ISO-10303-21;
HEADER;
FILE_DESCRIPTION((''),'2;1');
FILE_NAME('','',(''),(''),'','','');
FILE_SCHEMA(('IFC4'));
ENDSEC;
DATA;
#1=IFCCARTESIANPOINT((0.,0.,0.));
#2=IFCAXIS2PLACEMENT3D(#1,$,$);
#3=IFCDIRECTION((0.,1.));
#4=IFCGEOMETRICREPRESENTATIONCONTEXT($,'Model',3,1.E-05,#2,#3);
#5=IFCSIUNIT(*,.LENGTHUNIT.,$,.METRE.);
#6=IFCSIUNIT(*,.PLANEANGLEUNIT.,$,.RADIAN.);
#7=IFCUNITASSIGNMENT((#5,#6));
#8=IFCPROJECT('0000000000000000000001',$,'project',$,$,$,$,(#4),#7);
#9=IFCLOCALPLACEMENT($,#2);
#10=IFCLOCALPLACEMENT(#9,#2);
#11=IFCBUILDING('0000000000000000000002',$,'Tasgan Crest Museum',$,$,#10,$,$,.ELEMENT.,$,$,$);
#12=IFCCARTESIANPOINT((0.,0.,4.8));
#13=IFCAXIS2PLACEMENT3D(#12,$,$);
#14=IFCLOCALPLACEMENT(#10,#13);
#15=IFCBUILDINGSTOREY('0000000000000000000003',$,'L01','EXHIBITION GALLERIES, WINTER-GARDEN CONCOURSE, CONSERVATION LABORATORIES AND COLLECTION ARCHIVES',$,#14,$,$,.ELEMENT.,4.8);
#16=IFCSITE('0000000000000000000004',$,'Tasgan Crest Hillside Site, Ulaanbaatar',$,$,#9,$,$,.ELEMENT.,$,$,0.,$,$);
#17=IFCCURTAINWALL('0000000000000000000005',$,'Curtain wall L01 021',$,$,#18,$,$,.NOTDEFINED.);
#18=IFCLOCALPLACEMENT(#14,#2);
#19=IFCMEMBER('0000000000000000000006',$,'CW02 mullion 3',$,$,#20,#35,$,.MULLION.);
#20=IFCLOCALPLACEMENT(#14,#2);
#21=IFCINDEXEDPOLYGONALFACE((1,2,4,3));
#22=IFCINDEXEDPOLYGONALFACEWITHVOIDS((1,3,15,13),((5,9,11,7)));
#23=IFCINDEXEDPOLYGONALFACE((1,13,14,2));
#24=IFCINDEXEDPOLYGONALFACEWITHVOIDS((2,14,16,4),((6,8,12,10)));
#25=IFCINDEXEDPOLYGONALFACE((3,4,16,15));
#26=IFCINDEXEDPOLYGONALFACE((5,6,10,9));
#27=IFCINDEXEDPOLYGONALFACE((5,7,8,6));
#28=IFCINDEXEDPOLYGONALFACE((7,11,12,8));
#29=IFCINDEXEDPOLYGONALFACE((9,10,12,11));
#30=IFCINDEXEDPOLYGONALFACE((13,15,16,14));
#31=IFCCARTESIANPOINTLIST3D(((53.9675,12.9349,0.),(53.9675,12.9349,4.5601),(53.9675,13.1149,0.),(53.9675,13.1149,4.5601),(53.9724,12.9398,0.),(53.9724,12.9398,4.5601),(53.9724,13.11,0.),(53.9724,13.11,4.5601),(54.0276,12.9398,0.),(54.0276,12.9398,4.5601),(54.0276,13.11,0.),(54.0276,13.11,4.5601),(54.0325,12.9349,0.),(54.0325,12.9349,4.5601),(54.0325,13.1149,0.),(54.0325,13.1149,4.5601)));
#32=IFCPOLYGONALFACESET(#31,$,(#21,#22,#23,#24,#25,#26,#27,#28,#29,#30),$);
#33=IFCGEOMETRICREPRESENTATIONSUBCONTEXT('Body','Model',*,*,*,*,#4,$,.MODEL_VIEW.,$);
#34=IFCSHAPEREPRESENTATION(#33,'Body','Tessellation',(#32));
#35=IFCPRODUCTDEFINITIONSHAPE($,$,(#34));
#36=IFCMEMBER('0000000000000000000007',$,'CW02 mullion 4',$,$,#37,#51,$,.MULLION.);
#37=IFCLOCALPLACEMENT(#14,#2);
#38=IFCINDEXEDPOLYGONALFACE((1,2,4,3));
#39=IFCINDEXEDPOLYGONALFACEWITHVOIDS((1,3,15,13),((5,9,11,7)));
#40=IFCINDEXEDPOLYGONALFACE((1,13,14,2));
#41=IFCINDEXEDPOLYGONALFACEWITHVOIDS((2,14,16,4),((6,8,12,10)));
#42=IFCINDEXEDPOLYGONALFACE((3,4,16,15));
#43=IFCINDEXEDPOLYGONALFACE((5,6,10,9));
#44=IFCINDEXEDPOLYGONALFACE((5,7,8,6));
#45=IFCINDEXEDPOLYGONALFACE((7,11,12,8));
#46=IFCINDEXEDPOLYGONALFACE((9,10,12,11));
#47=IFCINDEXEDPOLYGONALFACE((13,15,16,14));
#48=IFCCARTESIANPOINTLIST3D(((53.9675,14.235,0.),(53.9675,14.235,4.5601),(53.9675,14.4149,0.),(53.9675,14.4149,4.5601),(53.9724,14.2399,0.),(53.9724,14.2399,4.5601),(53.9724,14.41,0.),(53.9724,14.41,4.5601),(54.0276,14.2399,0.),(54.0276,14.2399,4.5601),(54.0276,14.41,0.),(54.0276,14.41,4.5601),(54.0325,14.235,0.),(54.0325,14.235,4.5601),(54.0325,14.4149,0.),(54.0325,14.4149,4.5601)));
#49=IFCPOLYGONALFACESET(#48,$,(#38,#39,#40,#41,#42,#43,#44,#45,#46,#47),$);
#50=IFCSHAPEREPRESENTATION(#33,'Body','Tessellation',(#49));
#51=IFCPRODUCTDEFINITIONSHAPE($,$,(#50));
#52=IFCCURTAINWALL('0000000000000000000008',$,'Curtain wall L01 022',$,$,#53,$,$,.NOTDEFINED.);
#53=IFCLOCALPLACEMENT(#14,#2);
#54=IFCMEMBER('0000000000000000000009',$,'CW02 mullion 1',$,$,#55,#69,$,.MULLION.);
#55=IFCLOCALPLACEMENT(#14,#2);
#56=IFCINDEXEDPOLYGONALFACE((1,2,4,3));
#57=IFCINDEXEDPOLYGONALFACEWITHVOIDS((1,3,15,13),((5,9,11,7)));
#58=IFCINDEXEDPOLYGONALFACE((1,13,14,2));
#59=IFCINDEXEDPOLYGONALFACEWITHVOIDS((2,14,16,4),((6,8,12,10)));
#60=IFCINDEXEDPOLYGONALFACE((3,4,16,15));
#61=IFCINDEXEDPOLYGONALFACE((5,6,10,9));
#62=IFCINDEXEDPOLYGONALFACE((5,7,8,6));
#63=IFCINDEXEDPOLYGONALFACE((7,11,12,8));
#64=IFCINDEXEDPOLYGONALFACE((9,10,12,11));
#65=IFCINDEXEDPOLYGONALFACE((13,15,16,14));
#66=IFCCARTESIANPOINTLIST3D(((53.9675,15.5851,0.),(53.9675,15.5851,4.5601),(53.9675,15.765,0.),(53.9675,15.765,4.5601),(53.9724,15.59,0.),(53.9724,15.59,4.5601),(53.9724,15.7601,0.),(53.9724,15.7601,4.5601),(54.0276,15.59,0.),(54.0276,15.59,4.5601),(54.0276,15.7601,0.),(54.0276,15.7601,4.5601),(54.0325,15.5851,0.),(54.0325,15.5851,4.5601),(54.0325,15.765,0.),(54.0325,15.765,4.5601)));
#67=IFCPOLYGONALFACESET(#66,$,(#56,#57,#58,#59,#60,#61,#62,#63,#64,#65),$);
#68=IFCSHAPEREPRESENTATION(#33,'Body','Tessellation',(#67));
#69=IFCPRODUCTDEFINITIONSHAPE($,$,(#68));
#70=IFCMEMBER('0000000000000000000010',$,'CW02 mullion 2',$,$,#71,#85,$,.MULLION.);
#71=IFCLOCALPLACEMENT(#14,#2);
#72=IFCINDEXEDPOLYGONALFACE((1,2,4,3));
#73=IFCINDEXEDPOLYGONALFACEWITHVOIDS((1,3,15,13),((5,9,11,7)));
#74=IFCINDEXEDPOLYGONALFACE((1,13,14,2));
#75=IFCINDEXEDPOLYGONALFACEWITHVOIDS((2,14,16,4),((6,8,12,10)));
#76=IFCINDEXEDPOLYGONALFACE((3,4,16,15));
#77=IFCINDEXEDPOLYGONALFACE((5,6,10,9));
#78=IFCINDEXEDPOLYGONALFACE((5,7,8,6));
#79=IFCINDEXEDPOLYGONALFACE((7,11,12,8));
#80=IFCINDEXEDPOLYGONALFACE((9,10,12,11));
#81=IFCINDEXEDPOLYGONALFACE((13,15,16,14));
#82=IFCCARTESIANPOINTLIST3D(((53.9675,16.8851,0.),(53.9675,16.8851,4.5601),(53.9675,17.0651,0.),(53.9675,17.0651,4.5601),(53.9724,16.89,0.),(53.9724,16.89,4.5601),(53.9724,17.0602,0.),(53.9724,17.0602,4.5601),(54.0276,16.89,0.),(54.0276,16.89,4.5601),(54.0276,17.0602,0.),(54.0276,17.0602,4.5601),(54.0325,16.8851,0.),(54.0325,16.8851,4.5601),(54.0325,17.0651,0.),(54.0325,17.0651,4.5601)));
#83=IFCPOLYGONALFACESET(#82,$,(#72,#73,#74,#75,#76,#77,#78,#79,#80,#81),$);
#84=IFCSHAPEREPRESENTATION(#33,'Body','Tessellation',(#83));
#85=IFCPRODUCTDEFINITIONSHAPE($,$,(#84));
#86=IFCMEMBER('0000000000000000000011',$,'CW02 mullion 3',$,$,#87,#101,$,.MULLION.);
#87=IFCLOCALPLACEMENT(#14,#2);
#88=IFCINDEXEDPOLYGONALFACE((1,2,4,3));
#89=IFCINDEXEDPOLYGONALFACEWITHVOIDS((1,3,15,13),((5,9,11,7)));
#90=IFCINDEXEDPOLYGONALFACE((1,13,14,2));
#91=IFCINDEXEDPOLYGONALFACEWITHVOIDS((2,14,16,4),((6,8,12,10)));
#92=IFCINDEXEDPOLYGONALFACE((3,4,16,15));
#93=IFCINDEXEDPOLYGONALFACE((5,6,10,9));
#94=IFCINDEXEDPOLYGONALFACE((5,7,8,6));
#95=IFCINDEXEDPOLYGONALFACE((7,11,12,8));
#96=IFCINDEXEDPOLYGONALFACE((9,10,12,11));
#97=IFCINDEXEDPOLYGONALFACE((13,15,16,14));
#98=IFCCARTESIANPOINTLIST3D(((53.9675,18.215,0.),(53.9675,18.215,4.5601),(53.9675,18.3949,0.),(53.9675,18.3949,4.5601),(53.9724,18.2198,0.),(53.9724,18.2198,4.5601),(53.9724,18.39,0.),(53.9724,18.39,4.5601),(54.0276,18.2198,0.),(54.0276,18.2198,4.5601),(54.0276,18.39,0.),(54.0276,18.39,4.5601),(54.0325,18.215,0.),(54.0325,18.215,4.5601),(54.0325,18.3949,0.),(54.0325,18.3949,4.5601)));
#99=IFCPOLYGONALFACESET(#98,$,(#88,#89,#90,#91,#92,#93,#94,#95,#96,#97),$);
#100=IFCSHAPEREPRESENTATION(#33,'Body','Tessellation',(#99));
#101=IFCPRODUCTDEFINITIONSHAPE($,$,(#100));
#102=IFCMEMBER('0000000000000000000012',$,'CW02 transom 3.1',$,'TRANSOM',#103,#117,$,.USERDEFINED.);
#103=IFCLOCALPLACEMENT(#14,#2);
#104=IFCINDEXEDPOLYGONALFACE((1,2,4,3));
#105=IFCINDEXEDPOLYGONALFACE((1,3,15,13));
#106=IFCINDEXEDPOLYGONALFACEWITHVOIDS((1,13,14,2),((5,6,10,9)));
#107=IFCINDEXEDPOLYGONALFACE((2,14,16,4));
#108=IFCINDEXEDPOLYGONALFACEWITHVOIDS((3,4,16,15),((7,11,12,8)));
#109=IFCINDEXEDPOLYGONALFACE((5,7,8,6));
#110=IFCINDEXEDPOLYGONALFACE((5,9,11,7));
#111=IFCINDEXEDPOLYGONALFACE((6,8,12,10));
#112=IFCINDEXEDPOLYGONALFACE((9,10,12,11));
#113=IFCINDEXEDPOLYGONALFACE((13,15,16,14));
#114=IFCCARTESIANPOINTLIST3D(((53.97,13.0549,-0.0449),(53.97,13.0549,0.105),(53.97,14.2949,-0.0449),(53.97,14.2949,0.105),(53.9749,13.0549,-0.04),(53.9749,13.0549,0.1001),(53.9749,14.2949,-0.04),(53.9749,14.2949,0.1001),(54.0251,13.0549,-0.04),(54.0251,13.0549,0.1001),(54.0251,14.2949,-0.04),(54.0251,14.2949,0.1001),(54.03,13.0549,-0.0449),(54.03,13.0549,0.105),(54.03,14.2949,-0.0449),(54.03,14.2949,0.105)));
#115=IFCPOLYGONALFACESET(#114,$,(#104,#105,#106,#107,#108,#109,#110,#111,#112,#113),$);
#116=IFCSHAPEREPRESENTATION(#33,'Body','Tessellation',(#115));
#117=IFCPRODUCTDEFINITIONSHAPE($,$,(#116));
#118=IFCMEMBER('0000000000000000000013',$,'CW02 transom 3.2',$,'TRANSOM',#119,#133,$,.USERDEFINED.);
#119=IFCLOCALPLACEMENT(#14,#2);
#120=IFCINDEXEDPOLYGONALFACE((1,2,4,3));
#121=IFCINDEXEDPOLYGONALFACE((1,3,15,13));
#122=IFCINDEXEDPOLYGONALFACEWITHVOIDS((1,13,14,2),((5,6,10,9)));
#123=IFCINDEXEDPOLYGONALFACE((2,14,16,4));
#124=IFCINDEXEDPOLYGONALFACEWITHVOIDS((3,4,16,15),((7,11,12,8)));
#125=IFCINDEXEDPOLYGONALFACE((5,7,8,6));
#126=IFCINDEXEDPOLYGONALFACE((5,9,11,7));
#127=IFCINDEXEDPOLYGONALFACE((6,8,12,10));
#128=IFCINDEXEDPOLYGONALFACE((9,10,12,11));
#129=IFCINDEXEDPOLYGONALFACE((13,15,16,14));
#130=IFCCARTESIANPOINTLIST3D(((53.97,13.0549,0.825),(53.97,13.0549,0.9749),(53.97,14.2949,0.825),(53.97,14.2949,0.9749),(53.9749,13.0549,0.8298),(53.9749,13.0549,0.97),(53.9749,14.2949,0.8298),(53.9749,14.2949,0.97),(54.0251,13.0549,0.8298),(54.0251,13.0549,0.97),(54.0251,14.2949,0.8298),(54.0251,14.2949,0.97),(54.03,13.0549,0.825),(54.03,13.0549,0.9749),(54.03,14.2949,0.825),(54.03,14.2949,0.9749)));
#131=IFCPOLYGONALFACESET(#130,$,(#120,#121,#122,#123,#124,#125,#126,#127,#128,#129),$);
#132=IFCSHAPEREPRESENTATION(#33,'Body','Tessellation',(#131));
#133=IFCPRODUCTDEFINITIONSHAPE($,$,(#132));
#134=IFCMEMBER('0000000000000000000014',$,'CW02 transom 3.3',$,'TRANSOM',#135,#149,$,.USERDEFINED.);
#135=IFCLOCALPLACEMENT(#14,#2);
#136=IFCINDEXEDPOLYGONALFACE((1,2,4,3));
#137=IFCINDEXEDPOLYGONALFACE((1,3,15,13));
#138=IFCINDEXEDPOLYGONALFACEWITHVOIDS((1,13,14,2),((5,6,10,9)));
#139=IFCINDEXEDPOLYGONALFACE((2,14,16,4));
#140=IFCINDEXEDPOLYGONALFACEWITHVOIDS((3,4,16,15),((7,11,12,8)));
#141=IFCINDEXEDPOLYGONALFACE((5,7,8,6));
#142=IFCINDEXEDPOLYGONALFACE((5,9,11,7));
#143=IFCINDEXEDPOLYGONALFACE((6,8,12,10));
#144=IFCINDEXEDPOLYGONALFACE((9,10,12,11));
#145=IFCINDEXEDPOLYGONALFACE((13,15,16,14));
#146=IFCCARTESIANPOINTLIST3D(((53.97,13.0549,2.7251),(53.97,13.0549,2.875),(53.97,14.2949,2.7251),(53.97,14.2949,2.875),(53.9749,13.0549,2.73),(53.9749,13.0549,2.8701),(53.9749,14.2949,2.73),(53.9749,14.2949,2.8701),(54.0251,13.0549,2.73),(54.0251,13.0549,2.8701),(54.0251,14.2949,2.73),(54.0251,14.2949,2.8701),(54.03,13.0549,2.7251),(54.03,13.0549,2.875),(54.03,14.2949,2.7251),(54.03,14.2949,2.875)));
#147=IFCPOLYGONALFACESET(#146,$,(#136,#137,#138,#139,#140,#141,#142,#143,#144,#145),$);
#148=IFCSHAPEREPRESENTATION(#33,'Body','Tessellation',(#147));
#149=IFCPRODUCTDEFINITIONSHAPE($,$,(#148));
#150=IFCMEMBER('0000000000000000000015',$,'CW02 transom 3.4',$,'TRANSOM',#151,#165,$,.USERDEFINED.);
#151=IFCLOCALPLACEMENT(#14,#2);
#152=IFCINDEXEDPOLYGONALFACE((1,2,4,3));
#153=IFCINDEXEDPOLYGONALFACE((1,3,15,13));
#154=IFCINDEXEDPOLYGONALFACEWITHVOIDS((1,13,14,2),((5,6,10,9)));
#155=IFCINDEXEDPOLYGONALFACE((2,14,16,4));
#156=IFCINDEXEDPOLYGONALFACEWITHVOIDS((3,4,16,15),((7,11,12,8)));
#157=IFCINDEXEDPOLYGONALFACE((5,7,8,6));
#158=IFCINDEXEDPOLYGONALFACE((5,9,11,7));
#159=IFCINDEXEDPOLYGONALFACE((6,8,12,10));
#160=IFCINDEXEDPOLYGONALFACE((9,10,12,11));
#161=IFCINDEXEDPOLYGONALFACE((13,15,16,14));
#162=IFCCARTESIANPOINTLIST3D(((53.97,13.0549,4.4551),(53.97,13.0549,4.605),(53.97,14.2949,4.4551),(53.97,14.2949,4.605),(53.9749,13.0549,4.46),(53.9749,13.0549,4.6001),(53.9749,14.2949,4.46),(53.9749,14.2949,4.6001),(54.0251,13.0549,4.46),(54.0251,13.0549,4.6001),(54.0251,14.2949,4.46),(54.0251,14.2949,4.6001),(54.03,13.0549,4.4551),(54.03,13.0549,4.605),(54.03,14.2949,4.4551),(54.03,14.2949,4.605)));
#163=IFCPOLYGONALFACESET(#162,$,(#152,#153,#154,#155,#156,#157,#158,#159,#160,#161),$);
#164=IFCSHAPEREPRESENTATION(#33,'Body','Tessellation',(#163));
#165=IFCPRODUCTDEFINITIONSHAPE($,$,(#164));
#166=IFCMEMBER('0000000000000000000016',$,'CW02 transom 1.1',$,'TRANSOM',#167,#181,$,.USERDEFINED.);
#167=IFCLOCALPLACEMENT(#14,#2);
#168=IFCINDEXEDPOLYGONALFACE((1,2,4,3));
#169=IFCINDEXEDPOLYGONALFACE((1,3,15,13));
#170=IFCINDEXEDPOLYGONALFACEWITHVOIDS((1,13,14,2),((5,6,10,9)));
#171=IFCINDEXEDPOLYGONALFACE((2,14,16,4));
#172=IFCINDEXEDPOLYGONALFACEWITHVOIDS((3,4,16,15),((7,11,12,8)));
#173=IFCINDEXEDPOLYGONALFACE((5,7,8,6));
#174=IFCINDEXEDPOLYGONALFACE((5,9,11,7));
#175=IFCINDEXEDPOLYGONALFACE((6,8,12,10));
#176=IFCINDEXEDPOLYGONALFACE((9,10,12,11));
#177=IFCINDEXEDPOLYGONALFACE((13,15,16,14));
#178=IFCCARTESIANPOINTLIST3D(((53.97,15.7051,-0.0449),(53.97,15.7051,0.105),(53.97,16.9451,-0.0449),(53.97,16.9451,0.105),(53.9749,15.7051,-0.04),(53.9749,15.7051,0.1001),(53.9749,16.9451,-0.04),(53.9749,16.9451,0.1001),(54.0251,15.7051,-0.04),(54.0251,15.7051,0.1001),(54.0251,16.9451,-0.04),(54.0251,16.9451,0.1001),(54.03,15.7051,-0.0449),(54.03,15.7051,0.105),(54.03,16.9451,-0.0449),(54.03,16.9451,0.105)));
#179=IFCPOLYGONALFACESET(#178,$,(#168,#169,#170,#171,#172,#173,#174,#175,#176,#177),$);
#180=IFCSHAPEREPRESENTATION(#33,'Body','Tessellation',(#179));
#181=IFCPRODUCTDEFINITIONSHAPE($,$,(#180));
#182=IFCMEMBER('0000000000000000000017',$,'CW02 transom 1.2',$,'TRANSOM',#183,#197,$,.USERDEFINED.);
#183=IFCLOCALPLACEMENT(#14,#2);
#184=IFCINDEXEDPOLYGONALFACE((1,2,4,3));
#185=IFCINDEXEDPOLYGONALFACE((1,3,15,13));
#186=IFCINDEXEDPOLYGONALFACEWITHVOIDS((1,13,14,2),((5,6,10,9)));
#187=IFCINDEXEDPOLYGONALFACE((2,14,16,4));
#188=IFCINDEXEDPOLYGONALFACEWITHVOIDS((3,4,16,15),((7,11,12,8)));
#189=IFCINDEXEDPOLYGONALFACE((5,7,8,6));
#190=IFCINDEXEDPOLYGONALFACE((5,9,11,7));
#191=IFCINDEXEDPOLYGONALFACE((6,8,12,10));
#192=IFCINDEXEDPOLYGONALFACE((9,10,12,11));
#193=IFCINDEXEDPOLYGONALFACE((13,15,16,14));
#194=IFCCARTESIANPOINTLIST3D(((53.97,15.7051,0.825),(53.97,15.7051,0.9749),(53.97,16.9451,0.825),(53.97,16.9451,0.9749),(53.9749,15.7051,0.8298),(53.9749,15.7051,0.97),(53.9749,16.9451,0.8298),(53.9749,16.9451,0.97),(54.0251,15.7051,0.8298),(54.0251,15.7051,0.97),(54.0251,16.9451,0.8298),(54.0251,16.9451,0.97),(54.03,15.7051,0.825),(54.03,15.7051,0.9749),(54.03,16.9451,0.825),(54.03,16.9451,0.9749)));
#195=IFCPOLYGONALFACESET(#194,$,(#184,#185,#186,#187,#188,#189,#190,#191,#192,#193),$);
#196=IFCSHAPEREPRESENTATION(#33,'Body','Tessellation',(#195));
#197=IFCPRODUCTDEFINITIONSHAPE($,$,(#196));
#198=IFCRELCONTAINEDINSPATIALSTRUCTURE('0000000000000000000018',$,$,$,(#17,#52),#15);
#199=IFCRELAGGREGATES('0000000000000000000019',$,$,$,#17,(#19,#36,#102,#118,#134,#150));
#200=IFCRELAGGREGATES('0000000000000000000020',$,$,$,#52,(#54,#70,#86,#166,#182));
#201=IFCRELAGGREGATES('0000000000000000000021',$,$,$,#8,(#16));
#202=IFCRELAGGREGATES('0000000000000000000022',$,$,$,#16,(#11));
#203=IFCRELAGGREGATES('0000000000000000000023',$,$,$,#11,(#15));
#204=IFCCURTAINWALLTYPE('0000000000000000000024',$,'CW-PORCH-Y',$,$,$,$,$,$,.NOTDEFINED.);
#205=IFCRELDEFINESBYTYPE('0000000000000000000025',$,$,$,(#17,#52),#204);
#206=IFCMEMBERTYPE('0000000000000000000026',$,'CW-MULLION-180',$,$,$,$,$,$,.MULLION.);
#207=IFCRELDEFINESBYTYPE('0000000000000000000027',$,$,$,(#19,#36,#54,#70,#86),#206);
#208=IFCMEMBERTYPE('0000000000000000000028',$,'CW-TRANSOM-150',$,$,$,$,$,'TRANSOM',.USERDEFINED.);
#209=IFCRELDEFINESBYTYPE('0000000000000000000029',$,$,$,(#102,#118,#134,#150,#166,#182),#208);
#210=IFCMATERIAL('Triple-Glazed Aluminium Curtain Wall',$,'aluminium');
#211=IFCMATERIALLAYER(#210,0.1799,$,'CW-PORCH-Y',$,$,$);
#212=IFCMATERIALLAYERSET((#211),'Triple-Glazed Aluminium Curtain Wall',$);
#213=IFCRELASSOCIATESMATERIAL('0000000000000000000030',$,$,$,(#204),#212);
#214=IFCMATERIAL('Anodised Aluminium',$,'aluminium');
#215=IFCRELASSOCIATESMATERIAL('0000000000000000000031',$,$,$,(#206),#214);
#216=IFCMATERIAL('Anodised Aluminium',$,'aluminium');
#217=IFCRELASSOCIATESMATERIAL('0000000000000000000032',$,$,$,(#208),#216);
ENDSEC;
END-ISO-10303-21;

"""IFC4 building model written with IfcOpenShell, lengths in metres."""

from ifc_helpers import new_model, si_unit, direction, frame, origin, origin_2d, place, context, subcontext, project, spatial, hollow_rectangle, extrude, material, layer, layer_set, material_profile, profile_set, type_object, element, aggregate, save


model = new_model("IFC4")

# Units and contexts
model_context = context("Model", 3, precision=1e-05, world=origin(), true_north=direction((0.0, 1.0)))
body_context = subcontext(model_context, "Body", "Model", "MODEL_VIEW")
ifc_project = project(units=[si_unit("LENGTHUNIT", "METRE"), si_unit("PLANEANGLEUNIT", "RADIAN")], contexts=[model_context])

# Site, building, storey
site_placement = place(None, origin())
site = spatial("IfcSite", under=ifc_project, at=site_placement, Name="Tasgan Crest Hillside Site, Ulaanbaatar", CompositionType="ELEMENT", RefElevation=0.0)
building_placement = place(site_placement, origin())
building = spatial("IfcBuilding", under=site, at=building_placement, Name="Tasgan Crest Museum", CompositionType="ELEMENT")
storey_placement = place(building_placement, frame((0.0, 0.0, 4.8)))
storey = spatial("IfcBuildingStorey", under=building, at=storey_placement, Name="L01", Description="EXHIBITION GALLERIES, WINTER-GARDEN CONCOURSE, CONSERVATION LABORATORIES AND COLLECTION ARCHIVES", CompositionType="ELEMENT", Elevation=4.8)

# Curtain walls, members
ifc_material_1 = material(Name="Triple-Glazed Aluminium Curtain Wall", Category="aluminium")
ifc_layer_1 = layer(ifc_material_1, 0.1799, Name="CW-PORCH-Y")
ifc_layer_set_1 = layer_set([ifc_layer_1], Name="Triple-Glazed Aluminium Curtain Wall")
curtain_wall_type = type_object("IfcCurtainWallType", Name="CW-PORCH-Y", PredefinedType="NOTDEFINED", material=ifc_layer_set_1)
curtain_wall_1_placement = place(storey_placement, origin())
curtain_wall_1 = element("IfcCurtainWall", 1, at=curtain_wall_1_placement, inside=storey, type_object=curtain_wall_type, Name="Curtain wall L01 021", PredefinedType="NOTDEFINED")
ifc_material_2 = material(Name="Anodised Aluminium", Category="aluminium")
ifc_material_profile_1 = material_profile(ifc_material_2, hollow_rectangle(XDim=0.0649, YDim=0.1799, WallThickness=0.0049, at=origin_2d()), Name="ALU MULLION 180x65x5")
ifc_profile_set_1 = profile_set([ifc_material_profile_1], Name="Anodised Aluminium")
member_type_1 = type_object("IfcMemberType", Name="CW-MULLION-180", PredefinedType="MULLION", material=ifc_profile_set_1)
member_1_placement = place(storey_placement, frame((54.0, 13.0249, 0.0), z_axis=(0.0, 0.0, 1.0), x_axis=(-1.0, 0.0, 0.0)))
member_1 = element("IfcMember", 2, at=member_1_placement, type_object=member_type_1, Name="CW02 mullion 3", PredefinedType="MULLION", context=body_context, shape_type="SweptSolid", body=[
    extrude(hollow_rectangle(XDim=0.0649, YDim=0.1799, WallThickness=0.0049, at=origin_2d()), origin(), (0.0, 0.0, 1.0), 4.5601),
])
member_2_placement = place(storey_placement, frame((54.0, 14.325, 0.0), z_axis=(0.0, 0.0, 1.0), x_axis=(-1.0, 0.0, 0.0)))
member_2 = element("IfcMember", 3, at=member_2_placement, type_object=member_type_1, Name="CW02 mullion 4", PredefinedType="MULLION", context=body_context, shape_type="SweptSolid", body=[
    extrude(hollow_rectangle(XDim=0.0649, YDim=0.1799, WallThickness=0.0049, at=origin_2d()), origin(), (0.0, 0.0, 1.0), 4.5601),
])
curtain_wall_2_placement = place(storey_placement, origin())
curtain_wall_2 = element("IfcCurtainWall", 4, at=curtain_wall_2_placement, inside=storey, type_object=curtain_wall_type, Name="Curtain wall L01 022", PredefinedType="NOTDEFINED")
member_3_placement = place(storey_placement, frame((54.0, 15.675, 0.0), z_axis=(0.0, 0.0, 1.0), x_axis=(-1.0, 0.0, 0.0)))
member_3 = element("IfcMember", 5, at=member_3_placement, type_object=member_type_1, Name="CW02 mullion 1", PredefinedType="MULLION", context=body_context, shape_type="SweptSolid", body=[
    extrude(hollow_rectangle(XDim=0.0649, YDim=0.1799, WallThickness=0.0049, at=origin_2d()), origin(), (0.0, 0.0, 1.0), 4.5601),
])
member_4_placement = place(storey_placement, frame((54.0, 16.9751, 0.0), z_axis=(0.0, 0.0, 1.0), x_axis=(-1.0, 0.0, 0.0)))
member_4 = element("IfcMember", 6, at=member_4_placement, type_object=member_type_1, Name="CW02 mullion 2", PredefinedType="MULLION", context=body_context, shape_type="SweptSolid", body=[
    extrude(hollow_rectangle(XDim=0.0649, YDim=0.1799, WallThickness=0.0049, at=origin_2d()), origin(), (0.0, 0.0, 1.0), 4.5601),
])
member_5_placement = place(storey_placement, frame((54.0, 18.3049, 0.0), z_axis=(0.0, 0.0, 1.0), x_axis=(-1.0, 0.0, 0.0)))
member_5 = element("IfcMember", 7, at=member_5_placement, type_object=member_type_1, Name="CW02 mullion 3", PredefinedType="MULLION", context=body_context, shape_type="SweptSolid", body=[
    extrude(hollow_rectangle(XDim=0.0649, YDim=0.1799, WallThickness=0.0049, at=origin_2d()), origin(), (0.0, 0.0, 1.0), 4.5601),
])

# Members
ifc_material_3 = material(Name="Anodised Aluminium", Category="aluminium")
ifc_material_profile_2 = material_profile(ifc_material_3, hollow_rectangle(XDim=0.0601, YDim=0.1499, WallThickness=0.0049, at=origin_2d()), Name="ALU TRANSOM 150x60x5")
ifc_profile_set_2 = profile_set([ifc_material_profile_2], Name="Anodised Aluminium")
member_type_2 = type_object("IfcMemberType", Name="CW-TRANSOM-150", ElementType="TRANSOM", PredefinedType="USERDEFINED", material=ifc_profile_set_2)
member_6_placement = place(storey_placement, frame((54.0, 13.0549, 0.03), z_axis=(0.0, 1.0, 0.0), x_axis=(-1.0, 0.0, 0.0)))
member_6 = element("IfcMember", 8, at=member_6_placement, type_object=member_type_2, Name="CW02 transom 3.1", ObjectType="TRANSOM", PredefinedType="USERDEFINED", context=body_context, shape_type="SweptSolid", body=[
    extrude(hollow_rectangle(XDim=0.0601, YDim=0.1499, WallThickness=0.0049, at=origin_2d()), origin(), (0.0, 0.0, 1.0), 1.24),
])
member_7_placement = place(storey_placement, frame((54.0, 13.0549, 0.8999), z_axis=(0.0, 1.0, 0.0), x_axis=(-1.0, 0.0, 0.0)))
member_7 = element("IfcMember", 9, at=member_7_placement, type_object=member_type_2, Name="CW02 transom 3.2", ObjectType="TRANSOM", PredefinedType="USERDEFINED", context=body_context, shape_type="SweptSolid", body=[
    extrude(hollow_rectangle(XDim=0.0601, YDim=0.1499, WallThickness=0.0049, at=origin_2d()), origin(), (0.0, 0.0, 1.0), 1.24),
])
member_8_placement = place(storey_placement, frame((54.0, 13.0549, 2.8), z_axis=(0.0, 1.0, 0.0), x_axis=(-1.0, 0.0, 0.0)))
member_8 = element("IfcMember", 10, at=member_8_placement, type_object=member_type_2, Name="CW02 transom 3.3", ObjectType="TRANSOM", PredefinedType="USERDEFINED", context=body_context, shape_type="SweptSolid", body=[
    extrude(hollow_rectangle(XDim=0.0601, YDim=0.1499, WallThickness=0.0049, at=origin_2d()), origin(), (0.0, 0.0, 1.0), 1.24),
])
member_9_placement = place(storey_placement, frame((54.0, 13.0549, 4.53), z_axis=(0.0, 1.0, 0.0), x_axis=(-1.0, 0.0, 0.0)))
member_9 = element("IfcMember", 11, at=member_9_placement, type_object=member_type_2, Name="CW02 transom 3.4", ObjectType="TRANSOM", PredefinedType="USERDEFINED", context=body_context, shape_type="SweptSolid", body=[
    extrude(hollow_rectangle(XDim=0.0601, YDim=0.1499, WallThickness=0.0049, at=origin_2d()), origin(), (0.0, 0.0, 1.0), 1.24),
])
member_10_placement = place(storey_placement, frame((54.0, 15.7051, 0.03), z_axis=(0.0, 1.0, 0.0), x_axis=(-1.0, 0.0, 0.0)))
member_10 = element("IfcMember", 12, at=member_10_placement, type_object=member_type_2, Name="CW02 transom 1.1", ObjectType="TRANSOM", PredefinedType="USERDEFINED", context=body_context, shape_type="SweptSolid", body=[
    extrude(hollow_rectangle(XDim=0.0601, YDim=0.1499, WallThickness=0.0049, at=origin_2d()), origin(), (0.0, 0.0, 1.0), 1.24),
])
member_11_placement = place(storey_placement, frame((54.0, 15.7051, 0.8999), z_axis=(0.0, 1.0, 0.0), x_axis=(-1.0, 0.0, 0.0)))
member_11 = element("IfcMember", 13, at=member_11_placement, type_object=member_type_2, Name="CW02 transom 1.2", ObjectType="TRANSOM", PredefinedType="USERDEFINED", context=body_context, shape_type="SweptSolid", body=[
    extrude(hollow_rectangle(XDim=0.0601, YDim=0.1499, WallThickness=0.0049, at=origin_2d()), origin(), (0.0, 0.0, 1.0), 1.24),
])

aggregate(curtain_wall_1, [member_1, member_2, member_6, member_7, member_8, member_9])
aggregate(curtain_wall_2, [member_3, member_4, member_5, member_10, member_11])

save(model, "model.ifc")
